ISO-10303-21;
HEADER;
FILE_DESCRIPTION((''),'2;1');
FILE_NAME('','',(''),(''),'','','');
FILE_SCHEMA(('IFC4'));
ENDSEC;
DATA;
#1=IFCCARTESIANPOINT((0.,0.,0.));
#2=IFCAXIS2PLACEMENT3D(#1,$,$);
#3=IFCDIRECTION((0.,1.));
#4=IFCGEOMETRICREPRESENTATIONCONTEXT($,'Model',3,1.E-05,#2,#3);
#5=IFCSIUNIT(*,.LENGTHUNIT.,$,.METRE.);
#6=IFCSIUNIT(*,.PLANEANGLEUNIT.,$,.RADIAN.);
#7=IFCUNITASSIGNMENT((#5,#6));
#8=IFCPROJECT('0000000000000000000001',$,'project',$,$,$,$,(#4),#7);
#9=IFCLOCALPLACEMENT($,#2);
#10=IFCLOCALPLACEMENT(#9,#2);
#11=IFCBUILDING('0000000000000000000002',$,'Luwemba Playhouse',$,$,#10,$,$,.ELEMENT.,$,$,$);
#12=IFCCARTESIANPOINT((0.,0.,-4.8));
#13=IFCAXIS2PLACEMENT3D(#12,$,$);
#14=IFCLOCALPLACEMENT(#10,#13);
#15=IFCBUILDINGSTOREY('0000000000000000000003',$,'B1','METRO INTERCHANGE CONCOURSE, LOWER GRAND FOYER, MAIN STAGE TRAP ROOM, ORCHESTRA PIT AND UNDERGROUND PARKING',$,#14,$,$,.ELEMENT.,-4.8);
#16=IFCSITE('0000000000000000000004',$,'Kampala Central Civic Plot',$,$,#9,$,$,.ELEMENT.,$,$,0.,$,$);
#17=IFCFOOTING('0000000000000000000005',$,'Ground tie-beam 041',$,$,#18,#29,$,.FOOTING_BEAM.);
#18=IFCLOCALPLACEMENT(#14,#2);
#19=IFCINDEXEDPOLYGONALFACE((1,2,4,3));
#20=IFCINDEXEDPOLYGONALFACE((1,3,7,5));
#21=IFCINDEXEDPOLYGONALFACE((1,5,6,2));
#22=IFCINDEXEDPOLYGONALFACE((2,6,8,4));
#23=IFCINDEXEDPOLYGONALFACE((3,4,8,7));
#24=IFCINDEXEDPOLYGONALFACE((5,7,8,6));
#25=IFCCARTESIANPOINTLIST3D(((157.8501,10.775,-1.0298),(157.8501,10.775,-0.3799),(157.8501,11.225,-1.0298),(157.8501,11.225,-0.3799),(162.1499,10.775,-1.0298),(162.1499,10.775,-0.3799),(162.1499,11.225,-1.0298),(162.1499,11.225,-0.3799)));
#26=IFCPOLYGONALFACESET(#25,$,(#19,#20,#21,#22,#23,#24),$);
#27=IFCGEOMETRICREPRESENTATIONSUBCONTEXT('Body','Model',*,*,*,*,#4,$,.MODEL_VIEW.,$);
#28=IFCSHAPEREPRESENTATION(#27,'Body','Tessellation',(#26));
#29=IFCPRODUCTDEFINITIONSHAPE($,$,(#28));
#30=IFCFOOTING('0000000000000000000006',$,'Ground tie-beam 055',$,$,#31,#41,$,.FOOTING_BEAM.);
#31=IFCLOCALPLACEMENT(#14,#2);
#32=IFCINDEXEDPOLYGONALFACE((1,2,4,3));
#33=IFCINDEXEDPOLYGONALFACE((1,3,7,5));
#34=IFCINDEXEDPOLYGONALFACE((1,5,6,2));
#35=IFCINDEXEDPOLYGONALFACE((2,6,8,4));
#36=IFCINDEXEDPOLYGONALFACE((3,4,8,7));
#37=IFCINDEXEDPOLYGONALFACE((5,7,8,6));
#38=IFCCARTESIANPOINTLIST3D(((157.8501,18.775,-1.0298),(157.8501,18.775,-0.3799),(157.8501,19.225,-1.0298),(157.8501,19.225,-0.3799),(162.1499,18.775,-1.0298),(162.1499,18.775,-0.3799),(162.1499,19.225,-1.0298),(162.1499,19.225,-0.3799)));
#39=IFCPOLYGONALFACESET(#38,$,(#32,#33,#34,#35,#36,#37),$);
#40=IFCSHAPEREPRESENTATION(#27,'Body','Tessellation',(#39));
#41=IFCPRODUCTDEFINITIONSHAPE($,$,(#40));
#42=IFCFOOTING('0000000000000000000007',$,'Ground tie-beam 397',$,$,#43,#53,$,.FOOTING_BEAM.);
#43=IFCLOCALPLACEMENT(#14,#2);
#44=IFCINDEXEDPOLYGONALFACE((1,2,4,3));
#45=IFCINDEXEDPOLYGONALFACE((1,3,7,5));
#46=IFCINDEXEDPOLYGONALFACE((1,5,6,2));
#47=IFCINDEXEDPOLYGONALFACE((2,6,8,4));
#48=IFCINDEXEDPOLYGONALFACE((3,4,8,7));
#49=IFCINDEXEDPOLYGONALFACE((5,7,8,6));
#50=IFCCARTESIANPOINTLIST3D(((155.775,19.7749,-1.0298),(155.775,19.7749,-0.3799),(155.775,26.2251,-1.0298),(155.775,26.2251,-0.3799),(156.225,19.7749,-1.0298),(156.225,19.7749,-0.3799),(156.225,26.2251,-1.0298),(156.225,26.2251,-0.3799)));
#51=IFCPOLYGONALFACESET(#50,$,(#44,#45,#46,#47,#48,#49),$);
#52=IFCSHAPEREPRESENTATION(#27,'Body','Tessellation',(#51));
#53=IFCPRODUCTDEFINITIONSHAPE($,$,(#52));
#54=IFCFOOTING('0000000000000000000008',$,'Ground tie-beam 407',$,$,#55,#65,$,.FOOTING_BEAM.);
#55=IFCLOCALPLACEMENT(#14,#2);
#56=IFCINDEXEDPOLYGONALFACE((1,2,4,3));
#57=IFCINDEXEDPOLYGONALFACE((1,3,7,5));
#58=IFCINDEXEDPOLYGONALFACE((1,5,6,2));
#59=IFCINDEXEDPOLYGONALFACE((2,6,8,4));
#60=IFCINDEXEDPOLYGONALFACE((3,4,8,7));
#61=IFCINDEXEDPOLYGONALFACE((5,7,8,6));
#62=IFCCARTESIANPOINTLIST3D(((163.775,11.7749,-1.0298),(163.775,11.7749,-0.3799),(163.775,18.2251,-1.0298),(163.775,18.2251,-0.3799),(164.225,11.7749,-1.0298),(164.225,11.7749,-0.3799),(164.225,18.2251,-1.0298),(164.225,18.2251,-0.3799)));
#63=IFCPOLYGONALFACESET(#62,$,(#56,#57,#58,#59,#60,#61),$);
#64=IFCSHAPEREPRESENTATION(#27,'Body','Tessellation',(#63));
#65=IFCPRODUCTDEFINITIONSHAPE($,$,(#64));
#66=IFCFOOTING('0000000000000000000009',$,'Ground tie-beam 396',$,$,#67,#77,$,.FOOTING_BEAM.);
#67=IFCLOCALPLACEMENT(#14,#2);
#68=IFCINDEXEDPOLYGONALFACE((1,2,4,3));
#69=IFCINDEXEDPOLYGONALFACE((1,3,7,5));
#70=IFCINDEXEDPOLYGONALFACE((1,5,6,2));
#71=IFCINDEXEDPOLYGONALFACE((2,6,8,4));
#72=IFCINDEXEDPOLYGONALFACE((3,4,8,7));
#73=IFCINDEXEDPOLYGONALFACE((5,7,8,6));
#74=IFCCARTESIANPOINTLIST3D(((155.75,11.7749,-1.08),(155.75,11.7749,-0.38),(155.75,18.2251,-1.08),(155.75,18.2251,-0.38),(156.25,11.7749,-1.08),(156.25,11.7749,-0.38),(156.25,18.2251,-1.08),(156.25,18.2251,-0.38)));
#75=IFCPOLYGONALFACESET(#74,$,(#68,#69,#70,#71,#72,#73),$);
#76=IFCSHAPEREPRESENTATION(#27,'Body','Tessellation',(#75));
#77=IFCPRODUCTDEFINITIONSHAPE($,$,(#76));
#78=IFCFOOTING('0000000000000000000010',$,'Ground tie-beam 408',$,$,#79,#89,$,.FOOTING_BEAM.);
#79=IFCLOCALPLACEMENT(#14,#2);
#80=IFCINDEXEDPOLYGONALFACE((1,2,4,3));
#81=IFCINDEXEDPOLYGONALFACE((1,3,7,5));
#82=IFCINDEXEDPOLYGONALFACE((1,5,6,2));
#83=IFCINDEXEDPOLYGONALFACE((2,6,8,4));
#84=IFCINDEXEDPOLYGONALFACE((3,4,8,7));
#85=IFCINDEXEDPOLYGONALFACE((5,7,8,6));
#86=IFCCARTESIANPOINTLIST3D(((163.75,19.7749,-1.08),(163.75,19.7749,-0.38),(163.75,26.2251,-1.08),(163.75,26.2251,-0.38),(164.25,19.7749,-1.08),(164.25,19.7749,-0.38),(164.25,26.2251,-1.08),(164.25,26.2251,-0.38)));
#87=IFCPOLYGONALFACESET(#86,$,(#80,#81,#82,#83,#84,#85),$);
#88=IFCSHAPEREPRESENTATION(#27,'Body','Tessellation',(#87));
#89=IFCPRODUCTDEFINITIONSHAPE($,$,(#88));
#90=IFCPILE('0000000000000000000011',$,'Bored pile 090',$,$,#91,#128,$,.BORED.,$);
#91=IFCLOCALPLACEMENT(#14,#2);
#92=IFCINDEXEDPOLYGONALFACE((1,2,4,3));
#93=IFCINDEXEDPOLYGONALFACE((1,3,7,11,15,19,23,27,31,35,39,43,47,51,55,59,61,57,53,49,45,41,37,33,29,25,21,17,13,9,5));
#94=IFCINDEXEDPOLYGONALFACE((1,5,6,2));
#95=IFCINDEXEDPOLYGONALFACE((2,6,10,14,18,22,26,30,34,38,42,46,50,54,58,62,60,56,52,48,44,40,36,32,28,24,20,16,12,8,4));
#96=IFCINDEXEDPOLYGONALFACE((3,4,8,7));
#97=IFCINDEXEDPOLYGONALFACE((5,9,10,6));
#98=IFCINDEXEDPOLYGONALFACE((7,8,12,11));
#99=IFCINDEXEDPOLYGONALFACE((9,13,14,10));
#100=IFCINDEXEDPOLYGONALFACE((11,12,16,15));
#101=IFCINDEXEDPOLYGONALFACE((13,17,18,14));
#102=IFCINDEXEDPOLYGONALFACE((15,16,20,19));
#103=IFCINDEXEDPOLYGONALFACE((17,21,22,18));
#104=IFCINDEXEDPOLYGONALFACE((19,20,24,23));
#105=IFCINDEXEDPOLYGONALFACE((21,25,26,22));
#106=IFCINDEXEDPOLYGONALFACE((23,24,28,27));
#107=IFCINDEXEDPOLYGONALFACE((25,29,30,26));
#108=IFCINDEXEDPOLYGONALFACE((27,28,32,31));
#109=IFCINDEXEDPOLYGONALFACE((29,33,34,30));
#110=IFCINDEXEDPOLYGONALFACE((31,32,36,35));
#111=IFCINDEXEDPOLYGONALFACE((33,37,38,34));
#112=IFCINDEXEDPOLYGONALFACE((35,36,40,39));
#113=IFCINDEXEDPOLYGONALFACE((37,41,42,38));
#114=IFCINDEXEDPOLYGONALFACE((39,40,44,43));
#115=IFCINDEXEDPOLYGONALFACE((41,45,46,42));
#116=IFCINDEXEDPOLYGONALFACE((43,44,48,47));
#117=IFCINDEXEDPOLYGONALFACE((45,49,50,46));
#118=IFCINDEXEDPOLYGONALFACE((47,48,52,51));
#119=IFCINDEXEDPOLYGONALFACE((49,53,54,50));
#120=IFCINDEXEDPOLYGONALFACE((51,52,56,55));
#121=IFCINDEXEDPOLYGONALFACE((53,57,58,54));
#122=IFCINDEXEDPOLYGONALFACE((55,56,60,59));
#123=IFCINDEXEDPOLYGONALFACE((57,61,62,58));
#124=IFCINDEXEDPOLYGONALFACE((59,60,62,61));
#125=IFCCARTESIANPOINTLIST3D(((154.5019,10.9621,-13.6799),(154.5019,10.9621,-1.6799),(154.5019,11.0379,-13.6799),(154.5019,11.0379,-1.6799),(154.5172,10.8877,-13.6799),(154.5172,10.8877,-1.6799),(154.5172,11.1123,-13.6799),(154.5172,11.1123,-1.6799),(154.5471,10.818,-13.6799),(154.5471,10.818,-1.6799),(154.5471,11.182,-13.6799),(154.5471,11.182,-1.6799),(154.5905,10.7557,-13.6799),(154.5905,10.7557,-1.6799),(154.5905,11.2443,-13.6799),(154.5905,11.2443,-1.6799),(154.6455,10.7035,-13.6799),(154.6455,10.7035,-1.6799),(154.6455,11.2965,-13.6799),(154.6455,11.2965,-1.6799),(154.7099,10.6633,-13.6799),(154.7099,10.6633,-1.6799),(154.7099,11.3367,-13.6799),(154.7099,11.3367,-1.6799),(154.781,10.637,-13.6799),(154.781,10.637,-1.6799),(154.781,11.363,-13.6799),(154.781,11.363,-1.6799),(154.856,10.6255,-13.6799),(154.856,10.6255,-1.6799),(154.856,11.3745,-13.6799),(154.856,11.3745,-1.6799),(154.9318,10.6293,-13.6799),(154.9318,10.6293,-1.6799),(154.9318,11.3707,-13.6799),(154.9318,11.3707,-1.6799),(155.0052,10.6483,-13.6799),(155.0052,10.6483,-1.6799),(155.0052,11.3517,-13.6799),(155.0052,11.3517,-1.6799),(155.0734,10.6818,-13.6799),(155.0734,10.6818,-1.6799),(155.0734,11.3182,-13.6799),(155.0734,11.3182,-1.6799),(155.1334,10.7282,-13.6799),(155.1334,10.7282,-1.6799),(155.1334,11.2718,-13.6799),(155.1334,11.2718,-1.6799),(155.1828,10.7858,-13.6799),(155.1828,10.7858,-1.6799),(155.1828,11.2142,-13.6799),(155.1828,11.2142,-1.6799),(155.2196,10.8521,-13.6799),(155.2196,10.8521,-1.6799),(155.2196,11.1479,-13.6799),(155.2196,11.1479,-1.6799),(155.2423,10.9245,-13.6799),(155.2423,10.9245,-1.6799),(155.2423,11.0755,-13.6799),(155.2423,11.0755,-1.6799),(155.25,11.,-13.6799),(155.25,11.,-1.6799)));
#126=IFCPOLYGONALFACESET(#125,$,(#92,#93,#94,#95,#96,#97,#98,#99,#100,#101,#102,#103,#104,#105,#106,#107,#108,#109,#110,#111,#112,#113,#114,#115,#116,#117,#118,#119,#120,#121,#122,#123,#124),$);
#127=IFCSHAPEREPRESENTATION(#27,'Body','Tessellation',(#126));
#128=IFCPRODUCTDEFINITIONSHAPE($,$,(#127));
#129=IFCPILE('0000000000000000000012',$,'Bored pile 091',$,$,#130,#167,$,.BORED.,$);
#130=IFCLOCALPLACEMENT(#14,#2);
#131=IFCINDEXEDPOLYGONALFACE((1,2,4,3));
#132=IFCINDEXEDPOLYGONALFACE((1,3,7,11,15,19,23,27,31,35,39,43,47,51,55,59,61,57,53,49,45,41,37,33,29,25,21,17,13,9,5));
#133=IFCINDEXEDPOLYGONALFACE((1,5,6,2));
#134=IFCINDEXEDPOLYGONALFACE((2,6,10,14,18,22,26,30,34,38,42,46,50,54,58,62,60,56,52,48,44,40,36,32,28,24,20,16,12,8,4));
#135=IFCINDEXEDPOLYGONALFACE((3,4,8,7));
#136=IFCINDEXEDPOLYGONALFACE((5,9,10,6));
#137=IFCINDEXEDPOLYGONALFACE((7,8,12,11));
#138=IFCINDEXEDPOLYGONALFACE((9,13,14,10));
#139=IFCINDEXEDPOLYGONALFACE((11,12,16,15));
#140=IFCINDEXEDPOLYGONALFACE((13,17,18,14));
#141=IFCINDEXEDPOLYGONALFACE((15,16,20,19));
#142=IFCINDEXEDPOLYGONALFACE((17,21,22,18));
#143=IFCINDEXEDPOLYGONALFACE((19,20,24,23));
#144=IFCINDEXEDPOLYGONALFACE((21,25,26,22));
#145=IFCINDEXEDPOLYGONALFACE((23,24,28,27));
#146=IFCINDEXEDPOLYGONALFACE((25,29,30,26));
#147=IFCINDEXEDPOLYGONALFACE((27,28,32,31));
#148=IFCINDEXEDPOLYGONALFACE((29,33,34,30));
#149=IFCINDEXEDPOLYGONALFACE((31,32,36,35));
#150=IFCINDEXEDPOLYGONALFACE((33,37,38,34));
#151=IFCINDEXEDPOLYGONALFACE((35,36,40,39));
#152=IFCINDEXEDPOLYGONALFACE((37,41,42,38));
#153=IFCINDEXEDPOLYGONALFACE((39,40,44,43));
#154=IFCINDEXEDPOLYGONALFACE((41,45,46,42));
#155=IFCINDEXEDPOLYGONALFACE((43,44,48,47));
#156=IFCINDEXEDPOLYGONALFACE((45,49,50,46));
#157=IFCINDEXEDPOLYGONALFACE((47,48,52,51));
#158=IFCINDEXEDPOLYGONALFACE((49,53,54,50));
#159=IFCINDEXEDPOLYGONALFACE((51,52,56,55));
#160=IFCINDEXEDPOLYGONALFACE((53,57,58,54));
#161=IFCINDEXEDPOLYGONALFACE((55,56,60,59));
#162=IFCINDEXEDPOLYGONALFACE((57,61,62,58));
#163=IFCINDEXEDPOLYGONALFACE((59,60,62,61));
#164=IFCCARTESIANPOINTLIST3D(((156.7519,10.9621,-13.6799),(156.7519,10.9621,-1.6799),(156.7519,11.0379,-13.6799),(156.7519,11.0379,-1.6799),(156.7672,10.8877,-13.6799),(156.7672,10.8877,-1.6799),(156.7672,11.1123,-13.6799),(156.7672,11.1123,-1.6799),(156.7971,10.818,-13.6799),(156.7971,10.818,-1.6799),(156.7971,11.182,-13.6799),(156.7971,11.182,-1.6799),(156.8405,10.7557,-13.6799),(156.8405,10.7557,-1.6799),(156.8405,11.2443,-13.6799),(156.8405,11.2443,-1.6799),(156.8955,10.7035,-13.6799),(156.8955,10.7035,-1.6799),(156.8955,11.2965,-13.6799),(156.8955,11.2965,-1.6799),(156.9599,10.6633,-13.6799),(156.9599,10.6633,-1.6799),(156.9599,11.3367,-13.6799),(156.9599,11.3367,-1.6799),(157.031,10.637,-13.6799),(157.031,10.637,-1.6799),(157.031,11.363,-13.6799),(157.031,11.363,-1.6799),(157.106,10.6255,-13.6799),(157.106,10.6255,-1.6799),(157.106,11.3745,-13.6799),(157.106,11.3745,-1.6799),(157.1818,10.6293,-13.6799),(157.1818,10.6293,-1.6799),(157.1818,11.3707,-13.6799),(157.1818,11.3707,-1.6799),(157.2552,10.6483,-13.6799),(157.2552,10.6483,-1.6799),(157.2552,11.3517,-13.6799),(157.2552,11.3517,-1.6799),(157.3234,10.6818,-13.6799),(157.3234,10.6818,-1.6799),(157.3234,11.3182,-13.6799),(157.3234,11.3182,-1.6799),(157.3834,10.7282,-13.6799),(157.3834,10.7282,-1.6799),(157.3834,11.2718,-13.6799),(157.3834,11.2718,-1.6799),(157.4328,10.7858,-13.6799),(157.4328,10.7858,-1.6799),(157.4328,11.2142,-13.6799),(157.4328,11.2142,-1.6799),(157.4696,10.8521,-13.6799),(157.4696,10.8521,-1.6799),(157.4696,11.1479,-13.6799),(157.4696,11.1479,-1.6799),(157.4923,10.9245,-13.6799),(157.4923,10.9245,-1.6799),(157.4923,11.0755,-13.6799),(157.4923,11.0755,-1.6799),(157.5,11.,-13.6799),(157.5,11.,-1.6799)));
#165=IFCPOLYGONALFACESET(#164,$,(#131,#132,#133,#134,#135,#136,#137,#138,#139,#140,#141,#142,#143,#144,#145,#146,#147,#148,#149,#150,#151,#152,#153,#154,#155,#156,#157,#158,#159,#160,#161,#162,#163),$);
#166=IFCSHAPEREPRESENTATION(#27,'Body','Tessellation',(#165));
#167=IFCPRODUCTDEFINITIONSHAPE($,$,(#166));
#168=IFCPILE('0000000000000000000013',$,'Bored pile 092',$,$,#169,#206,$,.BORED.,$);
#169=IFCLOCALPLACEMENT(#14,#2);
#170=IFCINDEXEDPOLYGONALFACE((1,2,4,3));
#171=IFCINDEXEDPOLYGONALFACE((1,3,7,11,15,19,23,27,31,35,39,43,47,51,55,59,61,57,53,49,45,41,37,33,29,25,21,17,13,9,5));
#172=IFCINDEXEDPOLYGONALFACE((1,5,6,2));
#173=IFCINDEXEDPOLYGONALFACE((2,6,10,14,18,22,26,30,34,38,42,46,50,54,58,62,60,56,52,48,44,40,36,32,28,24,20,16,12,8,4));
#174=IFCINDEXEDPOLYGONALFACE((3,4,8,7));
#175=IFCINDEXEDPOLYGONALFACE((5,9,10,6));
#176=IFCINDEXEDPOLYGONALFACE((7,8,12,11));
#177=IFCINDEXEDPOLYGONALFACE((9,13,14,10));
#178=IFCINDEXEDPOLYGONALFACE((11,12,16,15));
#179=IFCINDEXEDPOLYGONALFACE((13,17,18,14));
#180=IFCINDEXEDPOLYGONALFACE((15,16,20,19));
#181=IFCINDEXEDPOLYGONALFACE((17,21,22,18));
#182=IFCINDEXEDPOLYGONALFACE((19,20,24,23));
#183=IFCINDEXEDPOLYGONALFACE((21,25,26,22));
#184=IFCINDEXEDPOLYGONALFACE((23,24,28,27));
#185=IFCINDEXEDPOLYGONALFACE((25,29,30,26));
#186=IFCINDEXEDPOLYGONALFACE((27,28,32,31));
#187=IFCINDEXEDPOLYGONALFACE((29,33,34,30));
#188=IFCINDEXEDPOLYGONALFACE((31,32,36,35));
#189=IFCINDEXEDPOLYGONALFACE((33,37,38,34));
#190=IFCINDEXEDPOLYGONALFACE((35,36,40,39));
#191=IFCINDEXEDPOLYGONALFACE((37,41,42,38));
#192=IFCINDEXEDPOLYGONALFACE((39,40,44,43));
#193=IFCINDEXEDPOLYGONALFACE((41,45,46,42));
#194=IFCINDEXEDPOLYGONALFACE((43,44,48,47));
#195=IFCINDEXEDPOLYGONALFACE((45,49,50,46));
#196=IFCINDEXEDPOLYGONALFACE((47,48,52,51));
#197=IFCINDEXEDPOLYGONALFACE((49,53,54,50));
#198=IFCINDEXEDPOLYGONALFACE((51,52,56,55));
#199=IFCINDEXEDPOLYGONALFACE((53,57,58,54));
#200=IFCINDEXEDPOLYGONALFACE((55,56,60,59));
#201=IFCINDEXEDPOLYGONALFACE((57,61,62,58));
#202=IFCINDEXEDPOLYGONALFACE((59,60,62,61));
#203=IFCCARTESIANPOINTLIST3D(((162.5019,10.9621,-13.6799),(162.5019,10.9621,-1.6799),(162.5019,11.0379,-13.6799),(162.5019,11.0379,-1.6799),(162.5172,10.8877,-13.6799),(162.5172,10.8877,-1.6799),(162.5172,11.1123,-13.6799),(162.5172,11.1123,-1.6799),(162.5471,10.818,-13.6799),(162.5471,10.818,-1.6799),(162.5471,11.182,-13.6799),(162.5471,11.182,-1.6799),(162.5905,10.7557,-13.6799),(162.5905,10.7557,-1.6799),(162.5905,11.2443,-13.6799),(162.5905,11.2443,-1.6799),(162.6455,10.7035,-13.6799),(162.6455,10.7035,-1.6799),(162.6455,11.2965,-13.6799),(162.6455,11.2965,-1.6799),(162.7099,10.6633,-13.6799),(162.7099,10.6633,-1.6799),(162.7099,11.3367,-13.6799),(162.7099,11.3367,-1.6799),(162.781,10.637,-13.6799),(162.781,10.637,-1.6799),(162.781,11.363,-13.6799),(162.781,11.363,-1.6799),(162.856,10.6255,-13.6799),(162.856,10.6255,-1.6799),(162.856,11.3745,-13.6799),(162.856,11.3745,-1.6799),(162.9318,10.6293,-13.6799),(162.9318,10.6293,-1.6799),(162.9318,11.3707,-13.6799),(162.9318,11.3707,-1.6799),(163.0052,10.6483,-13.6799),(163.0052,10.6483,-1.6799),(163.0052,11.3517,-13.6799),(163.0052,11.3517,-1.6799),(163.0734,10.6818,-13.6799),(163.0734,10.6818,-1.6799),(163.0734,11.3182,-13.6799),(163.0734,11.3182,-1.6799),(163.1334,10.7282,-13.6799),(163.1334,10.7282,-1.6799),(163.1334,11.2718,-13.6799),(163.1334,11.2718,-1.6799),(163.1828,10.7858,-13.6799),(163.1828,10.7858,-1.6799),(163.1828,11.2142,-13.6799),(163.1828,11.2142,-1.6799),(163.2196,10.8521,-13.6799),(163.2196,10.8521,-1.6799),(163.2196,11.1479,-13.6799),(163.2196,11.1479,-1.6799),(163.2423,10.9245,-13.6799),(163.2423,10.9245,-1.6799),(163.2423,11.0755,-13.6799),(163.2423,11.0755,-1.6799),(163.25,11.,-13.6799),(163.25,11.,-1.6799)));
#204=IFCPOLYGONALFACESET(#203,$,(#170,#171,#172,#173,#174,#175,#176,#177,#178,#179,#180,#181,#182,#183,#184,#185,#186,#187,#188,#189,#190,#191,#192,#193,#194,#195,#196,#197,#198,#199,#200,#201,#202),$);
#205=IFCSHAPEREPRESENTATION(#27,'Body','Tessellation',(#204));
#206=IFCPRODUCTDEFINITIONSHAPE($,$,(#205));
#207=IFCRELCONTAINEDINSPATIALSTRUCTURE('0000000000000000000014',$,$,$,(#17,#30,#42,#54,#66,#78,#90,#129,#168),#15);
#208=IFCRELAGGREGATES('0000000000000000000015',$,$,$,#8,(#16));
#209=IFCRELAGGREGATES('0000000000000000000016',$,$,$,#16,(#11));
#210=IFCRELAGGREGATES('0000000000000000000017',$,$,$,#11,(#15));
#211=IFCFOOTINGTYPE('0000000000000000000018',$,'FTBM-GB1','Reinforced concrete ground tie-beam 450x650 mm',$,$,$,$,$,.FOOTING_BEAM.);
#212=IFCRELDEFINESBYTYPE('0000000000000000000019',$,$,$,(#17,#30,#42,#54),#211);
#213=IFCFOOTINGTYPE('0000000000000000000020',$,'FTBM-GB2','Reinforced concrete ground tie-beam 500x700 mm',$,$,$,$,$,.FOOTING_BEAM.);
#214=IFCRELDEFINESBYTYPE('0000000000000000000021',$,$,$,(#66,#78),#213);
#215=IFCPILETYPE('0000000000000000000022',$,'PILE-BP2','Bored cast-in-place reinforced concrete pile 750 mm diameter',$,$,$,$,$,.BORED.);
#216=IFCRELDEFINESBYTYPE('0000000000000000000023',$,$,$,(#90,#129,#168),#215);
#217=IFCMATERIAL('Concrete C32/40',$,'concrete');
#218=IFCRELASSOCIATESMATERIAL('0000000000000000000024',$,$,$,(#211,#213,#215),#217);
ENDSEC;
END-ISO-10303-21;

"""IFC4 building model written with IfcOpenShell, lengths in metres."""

from ifc_helpers import new_model, si_unit, direction, frame, origin, origin_2d, place, context, subcontext, project, spatial, rectangle, circle, extrude, material, material_profile, profile_set, type_object, element, save


model = new_model("IFC4")

# Units and contexts
model_context = context("Model", 3, precision=1e-05, world=origin(), true_north=direction((0.0, 1.0)))
body_context = subcontext(model_context, "Body", "Model", "MODEL_VIEW")
ifc_project = project(units=[si_unit("LENGTHUNIT", "METRE"), si_unit("PLANEANGLEUNIT", "RADIAN")], contexts=[model_context])

# Site, building, storey
site_placement = place(None, origin())
site = spatial("IfcSite", under=ifc_project, at=site_placement, Name="Kampala Central Civic Plot", CompositionType="ELEMENT", RefElevation=0.0)
building_placement = place(site_placement, origin())
building = spatial("IfcBuilding", under=site, at=building_placement, Name="Luwemba Playhouse", CompositionType="ELEMENT")
storey_placement = place(building_placement, frame((0.0, 0.0, -4.8)))
storey = spatial("IfcBuildingStorey", under=building, at=storey_placement, Name="B1", Description="METRO INTERCHANGE CONCOURSE, LOWER GRAND FOYER, MAIN STAGE TRAP ROOM, ORCHESTRA PIT AND UNDERGROUND PARKING", CompositionType="ELEMENT", Elevation=-4.8)

# Footings
ifc_material_1 = material(Name="Concrete C32/40", Category="concrete")
ifc_material_profile_1 = material_profile(ifc_material_1, rectangle(XDim=0.45, YDim=0.6499, at=origin_2d()))
ifc_profile_set_1 = profile_set([ifc_material_profile_1], Name="Concrete C32/40")
footing_type_1 = type_object("IfcFootingType", Name="FTBM-GB1", Description="Reinforced concrete ground tie-beam 450x650 mm", PredefinedType="FOOTING_BEAM", material=ifc_profile_set_1)
for number, where, z_axis, x_axis, name in (
    (1, (157.8501, 11.0, -0.7048), (1.0, 0.0, 0.0), (0.0, 1.0, 0.0), "Ground tie-beam 041"),
    (2, (157.8501, 19.0, -0.7048), (1.0, 0.0, 0.0), (0.0, 1.0, 0.0), "Ground tie-beam 055"),
):
    element("IfcFooting", number, at=place(storey_placement, frame(where, z_axis=z_axis, x_axis=x_axis)), inside=storey, type_object=footing_type_1, Name=name, PredefinedType="FOOTING_BEAM", context=body_context, shape_type="SweptSolid", body=[
        extrude(rectangle(XDim=0.45, YDim=0.6499, at=origin_2d()), origin(), (0.0, 0.0, 1.0), 4.2998),
    ])
for number, where, z_axis, x_axis, name in (
    (3, (156.0, 19.7749, -0.7048), (0.0, 1.0, 0.0), (-1.0, 0.0, 0.0), "Ground tie-beam 397"),
    (4, (164.0, 11.7749, -0.7048), (0.0, 1.0, 0.0), (-1.0, 0.0, 0.0), "Ground tie-beam 407"),
):
    element("IfcFooting", number, at=place(storey_placement, frame(where, z_axis=z_axis, x_axis=x_axis)), inside=storey, type_object=footing_type_1, Name=name, PredefinedType="FOOTING_BEAM", context=body_context, shape_type="SweptSolid", body=[
        extrude(rectangle(XDim=0.45, YDim=0.6499, at=origin_2d()), origin(), (0.0, 0.0, 1.0), 6.4502),
    ])
ifc_material_profile_2 = material_profile(ifc_material_1, rectangle(XDim=0.5, YDim=0.7, at=origin_2d()))
ifc_profile_set_2 = profile_set([ifc_material_profile_2], Name="Concrete C32/40")
footing_type_2 = type_object("IfcFootingType", Name="FTBM-GB2", Description="Reinforced concrete ground tie-beam 500x700 mm", PredefinedType="FOOTING_BEAM", material=ifc_profile_set_2)
for number, where, z_axis, x_axis, name in (
    (5, (156.0, 11.7749, -0.73), (0.0, 1.0, 0.0), (-1.0, 0.0, 0.0), "Ground tie-beam 396"),
    (6, (164.0, 19.7749, -0.73), (0.0, 1.0, 0.0), (-1.0, 0.0, 0.0), "Ground tie-beam 408"),
):
    element("IfcFooting", number, at=place(storey_placement, frame(where, z_axis=z_axis, x_axis=x_axis)), inside=storey, type_object=footing_type_2, Name=name, PredefinedType="FOOTING_BEAM", context=body_context, shape_type="SweptSolid", body=[
        extrude(rectangle(XDim=0.5, YDim=0.7, at=origin_2d()), origin(), (0.0, 0.0, 1.0), 6.4502),
    ])

# Piles
ifc_material_profile_3 = material_profile(ifc_material_1, circle(Radius=0.375, at=origin_2d()))
ifc_profile_set_3 = profile_set([ifc_material_profile_3], Name="Concrete C32/40")
pile_type = type_object("IfcPileType", Name="PILE-BP2", Description="Bored cast-in-place reinforced concrete pile 750 mm diameter", PredefinedType="BORED", material=ifc_profile_set_3)
for number, where, z_axis, x_axis, name in (
    (7, (154.875, 11.0, -1.6799), (0.0, 0.0, -1.0), (1.0, 0.0, 0.0), "Bored pile 090"),
    (8, (157.125, 11.0, -1.6799), (0.0, 0.0, -1.0), (1.0, 0.0, 0.0), "Bored pile 091"),
    (9, (162.875, 11.0, -1.6799), (0.0, 0.0, -1.0), (1.0, 0.0, 0.0), "Bored pile 092"),
):
    element("IfcPile", number, at=place(storey_placement, frame(where, z_axis=z_axis, x_axis=x_axis)), inside=storey, type_object=pile_type, Name=name, PredefinedType="BORED", context=body_context, shape_type="SweptSolid", body=[
        extrude(circle(Radius=0.375, at=origin_2d()), origin(), (0.0, 0.0, 1.0), 12.0),
    ])

save(model, "model.ifc")
